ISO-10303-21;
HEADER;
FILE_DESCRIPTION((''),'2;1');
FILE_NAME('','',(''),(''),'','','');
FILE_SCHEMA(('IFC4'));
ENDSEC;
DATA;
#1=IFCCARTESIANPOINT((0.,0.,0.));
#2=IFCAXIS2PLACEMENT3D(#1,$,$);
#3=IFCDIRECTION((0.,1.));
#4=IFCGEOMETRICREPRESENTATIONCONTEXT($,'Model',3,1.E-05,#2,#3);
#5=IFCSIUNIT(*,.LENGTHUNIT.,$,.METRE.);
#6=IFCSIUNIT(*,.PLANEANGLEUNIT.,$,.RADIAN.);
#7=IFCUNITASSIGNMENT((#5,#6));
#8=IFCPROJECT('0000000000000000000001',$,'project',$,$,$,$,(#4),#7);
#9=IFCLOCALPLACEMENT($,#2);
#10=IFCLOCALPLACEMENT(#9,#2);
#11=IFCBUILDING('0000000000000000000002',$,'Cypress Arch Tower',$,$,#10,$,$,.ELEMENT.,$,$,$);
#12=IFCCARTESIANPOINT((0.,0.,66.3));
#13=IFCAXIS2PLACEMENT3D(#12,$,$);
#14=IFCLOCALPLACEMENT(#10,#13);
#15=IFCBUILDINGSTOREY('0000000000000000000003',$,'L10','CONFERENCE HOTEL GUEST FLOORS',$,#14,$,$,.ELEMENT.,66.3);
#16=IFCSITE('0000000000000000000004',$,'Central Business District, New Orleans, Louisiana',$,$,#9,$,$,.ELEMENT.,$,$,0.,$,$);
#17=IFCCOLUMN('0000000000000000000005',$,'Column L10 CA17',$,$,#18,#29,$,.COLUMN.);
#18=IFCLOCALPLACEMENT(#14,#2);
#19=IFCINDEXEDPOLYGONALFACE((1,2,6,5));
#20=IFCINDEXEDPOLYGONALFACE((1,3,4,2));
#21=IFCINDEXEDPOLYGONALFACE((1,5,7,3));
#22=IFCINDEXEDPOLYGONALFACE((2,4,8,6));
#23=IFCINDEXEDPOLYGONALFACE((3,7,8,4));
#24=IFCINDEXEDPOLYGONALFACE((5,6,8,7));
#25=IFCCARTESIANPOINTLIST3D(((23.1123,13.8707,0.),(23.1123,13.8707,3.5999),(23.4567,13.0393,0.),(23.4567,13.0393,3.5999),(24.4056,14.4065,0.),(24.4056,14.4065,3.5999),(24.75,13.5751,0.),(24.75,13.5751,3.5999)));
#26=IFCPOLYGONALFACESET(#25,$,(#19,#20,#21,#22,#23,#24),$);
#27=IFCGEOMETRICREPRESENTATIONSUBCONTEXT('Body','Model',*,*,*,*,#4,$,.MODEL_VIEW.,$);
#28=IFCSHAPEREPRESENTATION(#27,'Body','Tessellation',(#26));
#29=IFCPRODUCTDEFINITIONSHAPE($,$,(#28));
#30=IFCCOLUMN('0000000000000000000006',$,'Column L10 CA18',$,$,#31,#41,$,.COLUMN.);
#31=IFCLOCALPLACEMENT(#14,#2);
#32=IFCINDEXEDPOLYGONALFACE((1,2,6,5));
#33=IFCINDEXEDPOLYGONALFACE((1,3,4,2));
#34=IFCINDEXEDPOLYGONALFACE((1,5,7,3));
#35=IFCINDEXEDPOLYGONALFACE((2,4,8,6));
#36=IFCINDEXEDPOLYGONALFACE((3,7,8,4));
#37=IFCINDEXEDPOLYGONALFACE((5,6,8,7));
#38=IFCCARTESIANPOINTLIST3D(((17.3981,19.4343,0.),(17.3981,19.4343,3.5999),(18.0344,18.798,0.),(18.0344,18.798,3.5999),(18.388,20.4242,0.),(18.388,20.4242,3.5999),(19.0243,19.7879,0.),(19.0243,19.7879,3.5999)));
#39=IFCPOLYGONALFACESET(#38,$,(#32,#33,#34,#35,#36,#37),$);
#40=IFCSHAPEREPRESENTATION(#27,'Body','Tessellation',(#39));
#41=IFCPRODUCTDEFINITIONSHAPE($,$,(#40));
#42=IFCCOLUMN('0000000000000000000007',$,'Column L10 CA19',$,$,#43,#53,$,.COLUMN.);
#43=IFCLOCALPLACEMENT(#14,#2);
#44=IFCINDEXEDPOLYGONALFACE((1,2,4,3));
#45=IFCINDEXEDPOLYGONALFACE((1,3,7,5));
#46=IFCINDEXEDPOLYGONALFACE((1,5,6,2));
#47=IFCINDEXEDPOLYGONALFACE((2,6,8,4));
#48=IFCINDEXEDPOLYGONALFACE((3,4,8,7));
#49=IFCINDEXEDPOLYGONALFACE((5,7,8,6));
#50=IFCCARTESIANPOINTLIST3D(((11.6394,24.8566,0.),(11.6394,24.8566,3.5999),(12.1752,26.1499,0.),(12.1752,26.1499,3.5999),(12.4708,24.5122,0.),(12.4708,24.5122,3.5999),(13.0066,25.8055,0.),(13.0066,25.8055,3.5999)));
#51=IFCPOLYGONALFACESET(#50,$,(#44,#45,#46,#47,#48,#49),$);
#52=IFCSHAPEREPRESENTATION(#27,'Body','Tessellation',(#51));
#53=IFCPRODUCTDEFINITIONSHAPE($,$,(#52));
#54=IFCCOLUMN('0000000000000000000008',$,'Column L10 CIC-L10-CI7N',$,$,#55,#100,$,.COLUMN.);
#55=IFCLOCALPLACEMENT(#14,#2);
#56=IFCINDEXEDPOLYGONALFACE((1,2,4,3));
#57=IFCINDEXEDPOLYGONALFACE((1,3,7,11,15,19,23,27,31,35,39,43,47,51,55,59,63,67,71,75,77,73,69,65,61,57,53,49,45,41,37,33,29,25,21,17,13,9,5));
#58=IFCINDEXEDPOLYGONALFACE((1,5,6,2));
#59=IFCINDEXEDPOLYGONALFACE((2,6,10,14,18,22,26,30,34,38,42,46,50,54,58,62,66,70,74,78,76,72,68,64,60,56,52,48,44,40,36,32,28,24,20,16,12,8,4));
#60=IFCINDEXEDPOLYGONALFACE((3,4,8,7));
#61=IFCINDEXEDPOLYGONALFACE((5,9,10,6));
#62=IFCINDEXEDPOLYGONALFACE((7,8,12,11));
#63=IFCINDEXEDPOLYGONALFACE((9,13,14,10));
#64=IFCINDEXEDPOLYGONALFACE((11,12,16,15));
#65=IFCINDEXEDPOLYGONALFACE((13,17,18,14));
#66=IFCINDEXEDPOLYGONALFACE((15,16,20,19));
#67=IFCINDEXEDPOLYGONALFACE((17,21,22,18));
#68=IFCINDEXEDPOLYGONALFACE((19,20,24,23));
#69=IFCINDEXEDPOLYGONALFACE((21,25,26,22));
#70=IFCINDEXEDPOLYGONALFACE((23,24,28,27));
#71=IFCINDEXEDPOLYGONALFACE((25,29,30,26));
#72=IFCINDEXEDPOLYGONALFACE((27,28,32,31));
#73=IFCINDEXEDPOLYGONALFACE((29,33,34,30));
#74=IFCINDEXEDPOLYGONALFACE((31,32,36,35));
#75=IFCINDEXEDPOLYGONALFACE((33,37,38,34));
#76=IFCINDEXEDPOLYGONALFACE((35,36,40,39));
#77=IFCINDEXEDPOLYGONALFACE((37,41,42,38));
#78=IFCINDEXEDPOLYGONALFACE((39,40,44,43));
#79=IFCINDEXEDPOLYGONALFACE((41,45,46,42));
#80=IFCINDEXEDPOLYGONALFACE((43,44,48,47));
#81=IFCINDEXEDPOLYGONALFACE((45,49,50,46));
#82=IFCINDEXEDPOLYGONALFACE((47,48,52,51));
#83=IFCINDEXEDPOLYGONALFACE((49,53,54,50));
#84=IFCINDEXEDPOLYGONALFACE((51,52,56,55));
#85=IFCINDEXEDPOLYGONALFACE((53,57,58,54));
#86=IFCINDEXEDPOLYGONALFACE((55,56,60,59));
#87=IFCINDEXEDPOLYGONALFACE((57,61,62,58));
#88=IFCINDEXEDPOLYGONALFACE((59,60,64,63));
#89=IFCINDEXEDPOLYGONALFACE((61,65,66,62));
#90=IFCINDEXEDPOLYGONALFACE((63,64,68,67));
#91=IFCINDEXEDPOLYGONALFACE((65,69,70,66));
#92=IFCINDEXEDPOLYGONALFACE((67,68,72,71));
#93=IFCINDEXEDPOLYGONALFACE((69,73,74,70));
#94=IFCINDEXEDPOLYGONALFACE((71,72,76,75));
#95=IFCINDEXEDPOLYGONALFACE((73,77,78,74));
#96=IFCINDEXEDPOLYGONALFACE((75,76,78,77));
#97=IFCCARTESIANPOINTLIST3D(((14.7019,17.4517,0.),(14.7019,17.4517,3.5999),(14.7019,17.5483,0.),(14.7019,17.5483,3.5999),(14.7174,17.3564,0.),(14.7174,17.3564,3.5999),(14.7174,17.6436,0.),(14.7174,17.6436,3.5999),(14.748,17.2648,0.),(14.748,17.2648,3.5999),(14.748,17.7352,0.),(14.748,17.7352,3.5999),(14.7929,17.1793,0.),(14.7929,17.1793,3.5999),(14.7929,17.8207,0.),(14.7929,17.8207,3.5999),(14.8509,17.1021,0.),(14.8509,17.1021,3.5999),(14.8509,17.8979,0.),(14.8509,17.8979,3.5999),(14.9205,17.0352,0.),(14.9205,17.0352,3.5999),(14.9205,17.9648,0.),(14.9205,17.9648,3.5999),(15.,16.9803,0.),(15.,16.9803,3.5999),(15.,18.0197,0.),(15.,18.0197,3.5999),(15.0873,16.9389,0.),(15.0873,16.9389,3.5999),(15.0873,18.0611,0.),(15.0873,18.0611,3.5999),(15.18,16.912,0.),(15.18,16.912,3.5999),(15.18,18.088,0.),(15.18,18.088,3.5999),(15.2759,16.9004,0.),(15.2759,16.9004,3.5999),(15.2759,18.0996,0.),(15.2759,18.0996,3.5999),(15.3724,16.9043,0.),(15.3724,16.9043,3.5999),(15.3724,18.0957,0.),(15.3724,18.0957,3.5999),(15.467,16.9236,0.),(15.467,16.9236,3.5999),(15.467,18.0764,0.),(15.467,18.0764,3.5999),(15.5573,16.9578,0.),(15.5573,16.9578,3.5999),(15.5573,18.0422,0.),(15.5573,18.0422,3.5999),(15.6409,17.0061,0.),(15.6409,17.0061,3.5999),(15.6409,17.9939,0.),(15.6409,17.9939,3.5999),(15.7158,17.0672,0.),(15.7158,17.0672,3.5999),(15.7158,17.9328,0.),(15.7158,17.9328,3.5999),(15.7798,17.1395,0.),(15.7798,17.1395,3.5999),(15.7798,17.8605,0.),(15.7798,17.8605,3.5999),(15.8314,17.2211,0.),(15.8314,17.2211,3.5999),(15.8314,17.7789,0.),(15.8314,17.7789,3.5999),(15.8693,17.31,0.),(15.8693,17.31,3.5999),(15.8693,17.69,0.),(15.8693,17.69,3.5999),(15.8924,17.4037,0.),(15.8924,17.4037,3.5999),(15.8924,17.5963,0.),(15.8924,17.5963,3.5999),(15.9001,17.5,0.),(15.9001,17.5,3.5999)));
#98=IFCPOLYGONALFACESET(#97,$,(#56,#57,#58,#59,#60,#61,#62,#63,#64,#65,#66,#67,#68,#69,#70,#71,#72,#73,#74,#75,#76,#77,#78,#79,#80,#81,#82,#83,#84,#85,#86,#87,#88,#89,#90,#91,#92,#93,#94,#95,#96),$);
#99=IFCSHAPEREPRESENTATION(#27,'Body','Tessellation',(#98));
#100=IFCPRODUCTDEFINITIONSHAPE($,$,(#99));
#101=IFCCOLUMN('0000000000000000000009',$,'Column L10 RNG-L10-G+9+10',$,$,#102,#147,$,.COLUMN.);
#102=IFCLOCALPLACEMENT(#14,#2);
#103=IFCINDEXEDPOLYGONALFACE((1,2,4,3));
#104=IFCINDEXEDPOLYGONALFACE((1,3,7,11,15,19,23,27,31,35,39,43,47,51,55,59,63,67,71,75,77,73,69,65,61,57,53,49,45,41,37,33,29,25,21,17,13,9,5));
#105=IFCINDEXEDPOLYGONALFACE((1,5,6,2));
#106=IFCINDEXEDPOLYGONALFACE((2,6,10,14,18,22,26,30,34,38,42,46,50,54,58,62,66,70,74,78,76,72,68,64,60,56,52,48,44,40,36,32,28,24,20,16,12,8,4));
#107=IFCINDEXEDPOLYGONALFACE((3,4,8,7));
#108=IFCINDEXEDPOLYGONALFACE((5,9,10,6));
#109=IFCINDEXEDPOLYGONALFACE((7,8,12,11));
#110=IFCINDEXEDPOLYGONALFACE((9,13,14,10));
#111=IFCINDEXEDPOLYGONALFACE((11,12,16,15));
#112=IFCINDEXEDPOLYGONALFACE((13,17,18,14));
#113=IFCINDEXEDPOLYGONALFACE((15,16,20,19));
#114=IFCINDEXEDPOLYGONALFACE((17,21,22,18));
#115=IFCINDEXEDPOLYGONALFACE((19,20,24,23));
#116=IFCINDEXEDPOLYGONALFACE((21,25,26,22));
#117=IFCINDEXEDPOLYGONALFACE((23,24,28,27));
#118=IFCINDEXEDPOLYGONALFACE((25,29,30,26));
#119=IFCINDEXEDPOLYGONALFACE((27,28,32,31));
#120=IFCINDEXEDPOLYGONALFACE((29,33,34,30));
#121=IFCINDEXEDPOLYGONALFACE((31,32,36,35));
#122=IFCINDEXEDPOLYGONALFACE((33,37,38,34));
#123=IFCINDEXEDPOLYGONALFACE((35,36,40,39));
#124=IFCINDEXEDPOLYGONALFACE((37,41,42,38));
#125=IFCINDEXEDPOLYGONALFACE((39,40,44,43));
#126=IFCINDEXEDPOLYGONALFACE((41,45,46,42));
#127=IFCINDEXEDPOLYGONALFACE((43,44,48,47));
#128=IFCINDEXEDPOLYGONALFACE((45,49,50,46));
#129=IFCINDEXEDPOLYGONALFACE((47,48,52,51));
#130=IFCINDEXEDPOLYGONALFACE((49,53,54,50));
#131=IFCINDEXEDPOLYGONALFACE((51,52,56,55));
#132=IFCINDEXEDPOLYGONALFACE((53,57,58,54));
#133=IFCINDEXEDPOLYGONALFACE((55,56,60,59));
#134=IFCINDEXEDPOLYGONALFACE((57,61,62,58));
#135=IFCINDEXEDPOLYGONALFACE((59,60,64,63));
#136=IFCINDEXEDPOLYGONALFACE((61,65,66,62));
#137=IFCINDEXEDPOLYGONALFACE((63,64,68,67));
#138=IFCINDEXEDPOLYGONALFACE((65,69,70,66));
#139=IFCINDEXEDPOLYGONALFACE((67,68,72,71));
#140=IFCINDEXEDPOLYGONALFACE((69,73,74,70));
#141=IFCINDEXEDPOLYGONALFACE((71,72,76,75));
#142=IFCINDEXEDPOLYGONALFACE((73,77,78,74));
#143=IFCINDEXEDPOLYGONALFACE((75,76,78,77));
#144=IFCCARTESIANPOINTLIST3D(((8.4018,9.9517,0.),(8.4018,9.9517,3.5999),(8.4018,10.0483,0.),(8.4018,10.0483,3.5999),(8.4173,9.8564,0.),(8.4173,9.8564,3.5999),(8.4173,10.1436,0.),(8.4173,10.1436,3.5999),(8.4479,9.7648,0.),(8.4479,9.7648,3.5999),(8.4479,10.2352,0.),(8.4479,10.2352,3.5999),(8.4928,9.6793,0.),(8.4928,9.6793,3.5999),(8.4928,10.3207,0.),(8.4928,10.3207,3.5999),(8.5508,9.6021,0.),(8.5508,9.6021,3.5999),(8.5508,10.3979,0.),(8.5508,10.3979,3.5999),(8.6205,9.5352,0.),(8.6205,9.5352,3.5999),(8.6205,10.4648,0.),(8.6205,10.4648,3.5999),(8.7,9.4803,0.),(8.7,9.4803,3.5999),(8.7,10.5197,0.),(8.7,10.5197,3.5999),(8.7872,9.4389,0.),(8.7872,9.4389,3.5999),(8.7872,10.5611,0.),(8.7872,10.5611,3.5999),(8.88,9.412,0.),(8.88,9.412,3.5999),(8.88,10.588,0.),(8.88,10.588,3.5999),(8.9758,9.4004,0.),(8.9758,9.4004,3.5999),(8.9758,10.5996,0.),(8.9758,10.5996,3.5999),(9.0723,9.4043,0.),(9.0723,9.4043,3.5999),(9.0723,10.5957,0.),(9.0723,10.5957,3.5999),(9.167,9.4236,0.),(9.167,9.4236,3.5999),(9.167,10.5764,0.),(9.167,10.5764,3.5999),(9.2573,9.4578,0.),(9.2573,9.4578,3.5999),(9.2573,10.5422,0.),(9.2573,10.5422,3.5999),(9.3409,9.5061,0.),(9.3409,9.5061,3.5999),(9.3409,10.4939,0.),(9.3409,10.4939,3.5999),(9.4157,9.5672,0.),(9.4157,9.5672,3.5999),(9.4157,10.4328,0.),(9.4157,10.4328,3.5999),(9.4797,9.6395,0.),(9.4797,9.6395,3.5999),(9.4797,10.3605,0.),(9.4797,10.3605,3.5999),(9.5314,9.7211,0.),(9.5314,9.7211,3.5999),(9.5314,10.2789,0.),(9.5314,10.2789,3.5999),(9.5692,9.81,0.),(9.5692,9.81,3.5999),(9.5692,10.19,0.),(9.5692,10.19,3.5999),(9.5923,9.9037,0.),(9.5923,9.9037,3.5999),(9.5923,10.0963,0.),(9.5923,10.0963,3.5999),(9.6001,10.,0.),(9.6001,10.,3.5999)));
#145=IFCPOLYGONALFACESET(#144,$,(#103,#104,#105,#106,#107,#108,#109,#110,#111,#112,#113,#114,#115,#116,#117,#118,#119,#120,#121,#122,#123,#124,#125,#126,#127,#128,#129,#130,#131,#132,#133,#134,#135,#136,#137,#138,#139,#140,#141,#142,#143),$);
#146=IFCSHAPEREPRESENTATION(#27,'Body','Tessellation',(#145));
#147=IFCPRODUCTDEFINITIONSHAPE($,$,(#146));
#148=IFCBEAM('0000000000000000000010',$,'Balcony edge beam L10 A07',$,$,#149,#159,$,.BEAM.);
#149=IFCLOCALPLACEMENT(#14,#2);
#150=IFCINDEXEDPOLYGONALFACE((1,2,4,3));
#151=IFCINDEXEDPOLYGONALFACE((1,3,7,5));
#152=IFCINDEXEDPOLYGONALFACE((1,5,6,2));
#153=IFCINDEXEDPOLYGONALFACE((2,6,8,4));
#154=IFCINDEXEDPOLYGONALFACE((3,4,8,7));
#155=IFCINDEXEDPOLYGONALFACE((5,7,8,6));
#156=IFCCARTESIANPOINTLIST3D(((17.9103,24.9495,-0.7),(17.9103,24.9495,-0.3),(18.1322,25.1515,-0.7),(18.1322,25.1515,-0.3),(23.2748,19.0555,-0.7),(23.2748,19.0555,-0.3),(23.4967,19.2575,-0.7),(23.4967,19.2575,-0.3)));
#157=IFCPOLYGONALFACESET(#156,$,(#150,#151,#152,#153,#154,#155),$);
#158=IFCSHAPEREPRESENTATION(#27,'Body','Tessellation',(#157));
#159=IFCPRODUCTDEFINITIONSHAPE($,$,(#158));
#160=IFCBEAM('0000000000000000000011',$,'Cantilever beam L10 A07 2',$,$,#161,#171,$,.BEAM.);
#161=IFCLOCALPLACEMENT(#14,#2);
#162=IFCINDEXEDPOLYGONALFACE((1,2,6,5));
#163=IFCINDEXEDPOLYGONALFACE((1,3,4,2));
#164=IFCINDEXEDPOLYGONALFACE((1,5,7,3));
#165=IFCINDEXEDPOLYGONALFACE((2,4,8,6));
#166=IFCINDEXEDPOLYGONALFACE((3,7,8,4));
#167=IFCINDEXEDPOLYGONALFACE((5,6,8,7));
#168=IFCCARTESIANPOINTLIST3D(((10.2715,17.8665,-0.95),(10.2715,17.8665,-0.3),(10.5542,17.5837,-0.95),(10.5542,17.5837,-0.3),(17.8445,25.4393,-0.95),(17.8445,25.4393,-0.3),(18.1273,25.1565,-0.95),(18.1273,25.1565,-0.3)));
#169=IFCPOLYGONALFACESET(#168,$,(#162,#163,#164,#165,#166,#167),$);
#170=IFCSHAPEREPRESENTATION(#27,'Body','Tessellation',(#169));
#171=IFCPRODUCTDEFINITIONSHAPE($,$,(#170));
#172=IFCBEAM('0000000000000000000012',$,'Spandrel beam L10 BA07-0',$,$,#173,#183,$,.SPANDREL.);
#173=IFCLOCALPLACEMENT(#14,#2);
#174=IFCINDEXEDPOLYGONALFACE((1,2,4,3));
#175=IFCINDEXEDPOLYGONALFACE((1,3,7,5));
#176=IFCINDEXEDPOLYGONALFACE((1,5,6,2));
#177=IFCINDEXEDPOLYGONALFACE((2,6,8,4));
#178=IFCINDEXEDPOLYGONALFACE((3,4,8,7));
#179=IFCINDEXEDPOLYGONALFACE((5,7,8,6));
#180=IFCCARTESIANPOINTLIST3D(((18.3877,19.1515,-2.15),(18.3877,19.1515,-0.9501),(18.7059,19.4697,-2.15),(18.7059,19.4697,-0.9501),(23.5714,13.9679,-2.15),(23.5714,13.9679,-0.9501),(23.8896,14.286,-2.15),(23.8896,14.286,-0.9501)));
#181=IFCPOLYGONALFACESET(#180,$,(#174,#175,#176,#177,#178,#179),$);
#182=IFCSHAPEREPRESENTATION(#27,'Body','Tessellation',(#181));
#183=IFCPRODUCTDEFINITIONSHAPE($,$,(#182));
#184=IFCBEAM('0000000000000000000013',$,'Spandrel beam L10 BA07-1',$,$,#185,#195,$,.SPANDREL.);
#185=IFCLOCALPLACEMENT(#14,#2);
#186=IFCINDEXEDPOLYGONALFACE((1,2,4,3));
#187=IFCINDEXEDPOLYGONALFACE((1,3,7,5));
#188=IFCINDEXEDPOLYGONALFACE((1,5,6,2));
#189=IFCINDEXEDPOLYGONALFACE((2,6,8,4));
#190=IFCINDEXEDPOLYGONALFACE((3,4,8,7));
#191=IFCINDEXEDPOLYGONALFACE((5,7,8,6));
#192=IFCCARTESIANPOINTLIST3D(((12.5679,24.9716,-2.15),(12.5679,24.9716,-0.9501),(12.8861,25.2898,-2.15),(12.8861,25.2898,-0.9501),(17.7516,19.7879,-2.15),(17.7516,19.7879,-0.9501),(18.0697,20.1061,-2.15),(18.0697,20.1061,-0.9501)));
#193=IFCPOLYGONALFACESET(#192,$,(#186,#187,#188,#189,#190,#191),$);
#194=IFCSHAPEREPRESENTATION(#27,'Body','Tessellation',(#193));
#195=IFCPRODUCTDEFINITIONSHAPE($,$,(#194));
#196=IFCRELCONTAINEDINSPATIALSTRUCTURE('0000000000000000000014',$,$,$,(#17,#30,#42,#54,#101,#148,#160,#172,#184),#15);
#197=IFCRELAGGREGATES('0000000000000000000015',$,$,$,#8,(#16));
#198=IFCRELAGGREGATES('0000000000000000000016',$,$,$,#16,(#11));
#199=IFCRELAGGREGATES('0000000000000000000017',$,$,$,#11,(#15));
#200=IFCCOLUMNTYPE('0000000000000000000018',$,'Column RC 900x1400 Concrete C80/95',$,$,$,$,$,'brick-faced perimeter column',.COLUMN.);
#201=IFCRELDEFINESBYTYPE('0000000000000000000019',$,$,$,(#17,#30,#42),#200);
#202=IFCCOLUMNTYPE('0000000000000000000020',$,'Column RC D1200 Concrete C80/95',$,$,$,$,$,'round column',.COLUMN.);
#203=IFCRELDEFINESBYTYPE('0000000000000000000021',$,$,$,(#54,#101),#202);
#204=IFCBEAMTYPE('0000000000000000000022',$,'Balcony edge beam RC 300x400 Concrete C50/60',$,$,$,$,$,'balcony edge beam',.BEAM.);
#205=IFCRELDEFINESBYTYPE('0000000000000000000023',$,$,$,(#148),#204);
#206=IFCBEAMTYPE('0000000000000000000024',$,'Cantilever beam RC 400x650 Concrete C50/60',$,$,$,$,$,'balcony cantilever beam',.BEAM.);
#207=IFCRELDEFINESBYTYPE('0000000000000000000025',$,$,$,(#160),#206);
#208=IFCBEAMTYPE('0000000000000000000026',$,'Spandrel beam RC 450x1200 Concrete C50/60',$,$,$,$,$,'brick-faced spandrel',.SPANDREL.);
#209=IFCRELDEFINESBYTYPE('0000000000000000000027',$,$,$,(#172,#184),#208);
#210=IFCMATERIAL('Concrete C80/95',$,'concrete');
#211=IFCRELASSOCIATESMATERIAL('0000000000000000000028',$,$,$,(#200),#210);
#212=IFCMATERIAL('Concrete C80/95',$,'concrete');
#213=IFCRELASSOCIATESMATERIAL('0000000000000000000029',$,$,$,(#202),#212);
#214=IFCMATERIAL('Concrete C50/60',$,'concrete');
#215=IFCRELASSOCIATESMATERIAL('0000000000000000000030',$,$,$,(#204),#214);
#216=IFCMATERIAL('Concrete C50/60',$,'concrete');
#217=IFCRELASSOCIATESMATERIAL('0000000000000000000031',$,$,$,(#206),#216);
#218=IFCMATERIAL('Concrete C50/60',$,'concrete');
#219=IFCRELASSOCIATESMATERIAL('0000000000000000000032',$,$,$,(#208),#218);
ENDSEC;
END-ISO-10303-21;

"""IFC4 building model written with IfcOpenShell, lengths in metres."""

from ifc_helpers import new_model, si_unit, direction, frame, origin, origin_2d, place, context, subcontext, project, spatial, rectangle, circle, extrude, material, material_profile, profile_set, type_object, element, save


model = new_model("IFC4")

# Units and contexts
model_context = context("Model", 3, precision=1e-05, world=origin(), true_north=direction((0.0, 1.0)))
body_context = subcontext(model_context, "Body", "Model", "MODEL_VIEW")
ifc_project = project(units=[si_unit("LENGTHUNIT", "METRE"), si_unit("PLANEANGLEUNIT", "RADIAN")], contexts=[model_context])

# Site, building, storey
site_placement = place(None, origin())
site = spatial("IfcSite", under=ifc_project, at=site_placement, Name="Central Business District, New Orleans, Louisiana", CompositionType="ELEMENT", RefElevation=0.0)
building_placement = place(site_placement, origin())
building = spatial("IfcBuilding", under=site, at=building_placement, Name="Cypress Arch Tower", CompositionType="ELEMENT")
storey_placement = place(building_placement, frame((0.0, 0.0, 66.3)))
storey = spatial("IfcBuildingStorey", under=building, at=storey_placement, Name="L10", Description="CONFERENCE HOTEL GUEST FLOORS", CompositionType="ELEMENT", Elevation=66.3)

# Columns
ifc_material_1 = material(Name="Concrete C80/95", Category="concrete")
ifc_material_profile_1 = material_profile(ifc_material_1, rectangle(XDim=0.8999, YDim=1.3999, at=origin_2d()), Name="RC 900x1400")
ifc_profile_set_1 = profile_set([ifc_material_profile_1], Name="Concrete C80/95")
column_type_1 = type_object("IfcColumnType", Name="Column RC 900x1400 Concrete C80/95", ElementType="brick-faced perimeter column", PredefinedType="COLUMN", material=ifc_profile_set_1)
for number, where, z_axis, x_axis, name in (
    (1, (23.9312, 13.7229, 0.0), (0.0, 0.0, 1.0), (-0.382683, 0.92388, 0.0), "Column L10 CA17"),
    (2, (18.2112, 19.6111, 0.0), (0.0, 0.0, 1.0), (-0.707107, 0.707107, 0.0), "Column L10 CA18"),
    (3, (12.323, 25.3311, 0.0), (0.0, 0.0, 1.0), (-0.92388, 0.382683, 0.0), "Column L10 CA19"),
):
    element("IfcColumn", number, at=place(storey_placement, frame(where, z_axis=z_axis, x_axis=x_axis)), inside=storey, type_object=column_type_1, Name=name, PredefinedType="COLUMN", context=body_context, shape_type="SweptSolid", body=[
        extrude(rectangle(XDim=0.8999, YDim=1.3999, at=origin_2d()), origin(), (0.0, 0.0, 1.0), 3.5999),
    ])
ifc_material_2 = material(Name="Concrete C80/95", Category="concrete")
ifc_material_profile_2 = material_profile(ifc_material_2, circle(Radius=0.6001, at=origin_2d()), Name="RC D1200")
ifc_profile_set_2 = profile_set([ifc_material_profile_2], Name="Concrete C80/95")
column_type_2 = type_object("IfcColumnType", Name="Column RC D1200 Concrete C80/95", ElementType="round column", PredefinedType="COLUMN", material=ifc_profile_set_2)
for number, where, z_axis, x_axis, name in (
    (4, (15.3, 17.5, 0.0), (0.0, 0.0, 1.0), (1.0, 0.0, 0.0), "Column L10 CIC-L10-CI7N"),
    (5, (9.0, 10.0, 0.0), (0.0, 0.0, 1.0), (1.0, 0.0, 0.0), "Column L10 RNG-L10-G+9+10"),
):
    element("IfcColumn", number, at=place(storey_placement, frame(where, z_axis=z_axis, x_axis=x_axis)), inside=storey, type_object=column_type_2, Name=name, PredefinedType="COLUMN", context=body_context, shape_type="SweptSolid", body=[
        extrude(circle(Radius=0.6001, at=origin_2d()), origin(), (0.0, 0.0, 1.0), 3.5999),
    ])

# Beams
ifc_material_3 = material(Name="Concrete C50/60", Category="concrete")
ifc_material_profile_3 = material_profile(ifc_material_3, rectangle(XDim=0.3, YDim=0.3999, at=origin_2d()), Name="RC 300x400")
ifc_profile_set_3 = profile_set([ifc_material_profile_3], Name="Concrete C50/60")
beam_type_1 = type_object("IfcBeamType", Name="Balcony edge beam RC 300x400 Concrete C50/60", ElementType="balcony edge beam", PredefinedType="BEAM", material=ifc_profile_set_3)
beam_1_placement = place(storey_placement, frame((23.3857, 19.1565, -0.5), z_axis=(-0.673104, 0.739548, 0.0), x_axis=(-0.739548, -0.673104, 0.0)))
element("IfcBeam", 6, at=beam_1_placement, inside=storey, type_object=beam_type_1, Name="Balcony edge beam L10 A07", PredefinedType="BEAM", context=body_context, shape_type="SweptSolid", body=[
    extrude(rectangle(XDim=0.3, YDim=0.3999, at=origin_2d()), origin(), (0.0, 0.0, 1.0), 7.9697),
])
ifc_material_4 = material(Name="Concrete C50/60", Category="concrete")
ifc_material_profile_4 = material_profile(ifc_material_4, rectangle(XDim=0.3999, YDim=0.6499, at=origin_2d()), Name="RC 400x650")
ifc_profile_set_4 = profile_set([ifc_material_profile_4], Name="Concrete C50/60")
beam_type_2 = type_object("IfcBeamType", Name="Cantilever beam RC 400x650 Concrete C50/60", ElementType="balcony cantilever beam", PredefinedType="BEAM", material=ifc_profile_set_4)
beam_2_placement = place(storey_placement, frame((10.4128, 17.7251, -0.625), z_axis=(0.707118, 0.707095, 0.0), x_axis=(-0.707095, 0.707118, 0.0)))
element("IfcBeam", 7, at=beam_2_placement, inside=storey, type_object=beam_type_2, Name="Cantilever beam L10 A07 2", PredefinedType="BEAM", context=body_context, shape_type="SweptSolid", body=[
    extrude(rectangle(XDim=0.3999, YDim=0.6499, at=origin_2d()), origin(), (0.0, 0.0, 1.0), 10.7097),
])
ifc_material_5 = material(Name="Concrete C50/60", Category="concrete")
ifc_material_profile_5 = material_profile(ifc_material_5, rectangle(XDim=0.45, YDim=1.2, at=origin_2d()), Name="RC 450x1200")
ifc_profile_set_5 = profile_set([ifc_material_profile_5], Name="Concrete C50/60")
beam_type_3 = type_object("IfcBeamType", Name="Spandrel beam RC 450x1200 Concrete C50/60", ElementType="brick-faced spandrel", PredefinedType="SPANDREL", material=ifc_profile_set_5)
for number, where, z_axis, x_axis, name in (
    (8, (23.7305, 14.127, -1.55), (-0.707107, 0.707107, 0.0), (-0.707107, -0.707107, 0.0), "Spandrel beam L10 BA07-0"),
    (9, (17.9106, 19.947, -1.55), (-0.707107, 0.707107, 0.0), (-0.707107, -0.707107, 0.0), "Spandrel beam L10 BA07-1"),
):
    element("IfcBeam", number, at=place(storey_placement, frame(where, z_axis=z_axis, x_axis=x_axis)), inside=storey, type_object=beam_type_3, Name=name, PredefinedType="SPANDREL", context=body_context, shape_type="SweptSolid", body=[
        extrude(rectangle(XDim=0.45, YDim=1.2, at=origin_2d()), origin(), (0.0, 0.0, 1.0), 7.3308),
    ])

save(model, "model.ifc")
